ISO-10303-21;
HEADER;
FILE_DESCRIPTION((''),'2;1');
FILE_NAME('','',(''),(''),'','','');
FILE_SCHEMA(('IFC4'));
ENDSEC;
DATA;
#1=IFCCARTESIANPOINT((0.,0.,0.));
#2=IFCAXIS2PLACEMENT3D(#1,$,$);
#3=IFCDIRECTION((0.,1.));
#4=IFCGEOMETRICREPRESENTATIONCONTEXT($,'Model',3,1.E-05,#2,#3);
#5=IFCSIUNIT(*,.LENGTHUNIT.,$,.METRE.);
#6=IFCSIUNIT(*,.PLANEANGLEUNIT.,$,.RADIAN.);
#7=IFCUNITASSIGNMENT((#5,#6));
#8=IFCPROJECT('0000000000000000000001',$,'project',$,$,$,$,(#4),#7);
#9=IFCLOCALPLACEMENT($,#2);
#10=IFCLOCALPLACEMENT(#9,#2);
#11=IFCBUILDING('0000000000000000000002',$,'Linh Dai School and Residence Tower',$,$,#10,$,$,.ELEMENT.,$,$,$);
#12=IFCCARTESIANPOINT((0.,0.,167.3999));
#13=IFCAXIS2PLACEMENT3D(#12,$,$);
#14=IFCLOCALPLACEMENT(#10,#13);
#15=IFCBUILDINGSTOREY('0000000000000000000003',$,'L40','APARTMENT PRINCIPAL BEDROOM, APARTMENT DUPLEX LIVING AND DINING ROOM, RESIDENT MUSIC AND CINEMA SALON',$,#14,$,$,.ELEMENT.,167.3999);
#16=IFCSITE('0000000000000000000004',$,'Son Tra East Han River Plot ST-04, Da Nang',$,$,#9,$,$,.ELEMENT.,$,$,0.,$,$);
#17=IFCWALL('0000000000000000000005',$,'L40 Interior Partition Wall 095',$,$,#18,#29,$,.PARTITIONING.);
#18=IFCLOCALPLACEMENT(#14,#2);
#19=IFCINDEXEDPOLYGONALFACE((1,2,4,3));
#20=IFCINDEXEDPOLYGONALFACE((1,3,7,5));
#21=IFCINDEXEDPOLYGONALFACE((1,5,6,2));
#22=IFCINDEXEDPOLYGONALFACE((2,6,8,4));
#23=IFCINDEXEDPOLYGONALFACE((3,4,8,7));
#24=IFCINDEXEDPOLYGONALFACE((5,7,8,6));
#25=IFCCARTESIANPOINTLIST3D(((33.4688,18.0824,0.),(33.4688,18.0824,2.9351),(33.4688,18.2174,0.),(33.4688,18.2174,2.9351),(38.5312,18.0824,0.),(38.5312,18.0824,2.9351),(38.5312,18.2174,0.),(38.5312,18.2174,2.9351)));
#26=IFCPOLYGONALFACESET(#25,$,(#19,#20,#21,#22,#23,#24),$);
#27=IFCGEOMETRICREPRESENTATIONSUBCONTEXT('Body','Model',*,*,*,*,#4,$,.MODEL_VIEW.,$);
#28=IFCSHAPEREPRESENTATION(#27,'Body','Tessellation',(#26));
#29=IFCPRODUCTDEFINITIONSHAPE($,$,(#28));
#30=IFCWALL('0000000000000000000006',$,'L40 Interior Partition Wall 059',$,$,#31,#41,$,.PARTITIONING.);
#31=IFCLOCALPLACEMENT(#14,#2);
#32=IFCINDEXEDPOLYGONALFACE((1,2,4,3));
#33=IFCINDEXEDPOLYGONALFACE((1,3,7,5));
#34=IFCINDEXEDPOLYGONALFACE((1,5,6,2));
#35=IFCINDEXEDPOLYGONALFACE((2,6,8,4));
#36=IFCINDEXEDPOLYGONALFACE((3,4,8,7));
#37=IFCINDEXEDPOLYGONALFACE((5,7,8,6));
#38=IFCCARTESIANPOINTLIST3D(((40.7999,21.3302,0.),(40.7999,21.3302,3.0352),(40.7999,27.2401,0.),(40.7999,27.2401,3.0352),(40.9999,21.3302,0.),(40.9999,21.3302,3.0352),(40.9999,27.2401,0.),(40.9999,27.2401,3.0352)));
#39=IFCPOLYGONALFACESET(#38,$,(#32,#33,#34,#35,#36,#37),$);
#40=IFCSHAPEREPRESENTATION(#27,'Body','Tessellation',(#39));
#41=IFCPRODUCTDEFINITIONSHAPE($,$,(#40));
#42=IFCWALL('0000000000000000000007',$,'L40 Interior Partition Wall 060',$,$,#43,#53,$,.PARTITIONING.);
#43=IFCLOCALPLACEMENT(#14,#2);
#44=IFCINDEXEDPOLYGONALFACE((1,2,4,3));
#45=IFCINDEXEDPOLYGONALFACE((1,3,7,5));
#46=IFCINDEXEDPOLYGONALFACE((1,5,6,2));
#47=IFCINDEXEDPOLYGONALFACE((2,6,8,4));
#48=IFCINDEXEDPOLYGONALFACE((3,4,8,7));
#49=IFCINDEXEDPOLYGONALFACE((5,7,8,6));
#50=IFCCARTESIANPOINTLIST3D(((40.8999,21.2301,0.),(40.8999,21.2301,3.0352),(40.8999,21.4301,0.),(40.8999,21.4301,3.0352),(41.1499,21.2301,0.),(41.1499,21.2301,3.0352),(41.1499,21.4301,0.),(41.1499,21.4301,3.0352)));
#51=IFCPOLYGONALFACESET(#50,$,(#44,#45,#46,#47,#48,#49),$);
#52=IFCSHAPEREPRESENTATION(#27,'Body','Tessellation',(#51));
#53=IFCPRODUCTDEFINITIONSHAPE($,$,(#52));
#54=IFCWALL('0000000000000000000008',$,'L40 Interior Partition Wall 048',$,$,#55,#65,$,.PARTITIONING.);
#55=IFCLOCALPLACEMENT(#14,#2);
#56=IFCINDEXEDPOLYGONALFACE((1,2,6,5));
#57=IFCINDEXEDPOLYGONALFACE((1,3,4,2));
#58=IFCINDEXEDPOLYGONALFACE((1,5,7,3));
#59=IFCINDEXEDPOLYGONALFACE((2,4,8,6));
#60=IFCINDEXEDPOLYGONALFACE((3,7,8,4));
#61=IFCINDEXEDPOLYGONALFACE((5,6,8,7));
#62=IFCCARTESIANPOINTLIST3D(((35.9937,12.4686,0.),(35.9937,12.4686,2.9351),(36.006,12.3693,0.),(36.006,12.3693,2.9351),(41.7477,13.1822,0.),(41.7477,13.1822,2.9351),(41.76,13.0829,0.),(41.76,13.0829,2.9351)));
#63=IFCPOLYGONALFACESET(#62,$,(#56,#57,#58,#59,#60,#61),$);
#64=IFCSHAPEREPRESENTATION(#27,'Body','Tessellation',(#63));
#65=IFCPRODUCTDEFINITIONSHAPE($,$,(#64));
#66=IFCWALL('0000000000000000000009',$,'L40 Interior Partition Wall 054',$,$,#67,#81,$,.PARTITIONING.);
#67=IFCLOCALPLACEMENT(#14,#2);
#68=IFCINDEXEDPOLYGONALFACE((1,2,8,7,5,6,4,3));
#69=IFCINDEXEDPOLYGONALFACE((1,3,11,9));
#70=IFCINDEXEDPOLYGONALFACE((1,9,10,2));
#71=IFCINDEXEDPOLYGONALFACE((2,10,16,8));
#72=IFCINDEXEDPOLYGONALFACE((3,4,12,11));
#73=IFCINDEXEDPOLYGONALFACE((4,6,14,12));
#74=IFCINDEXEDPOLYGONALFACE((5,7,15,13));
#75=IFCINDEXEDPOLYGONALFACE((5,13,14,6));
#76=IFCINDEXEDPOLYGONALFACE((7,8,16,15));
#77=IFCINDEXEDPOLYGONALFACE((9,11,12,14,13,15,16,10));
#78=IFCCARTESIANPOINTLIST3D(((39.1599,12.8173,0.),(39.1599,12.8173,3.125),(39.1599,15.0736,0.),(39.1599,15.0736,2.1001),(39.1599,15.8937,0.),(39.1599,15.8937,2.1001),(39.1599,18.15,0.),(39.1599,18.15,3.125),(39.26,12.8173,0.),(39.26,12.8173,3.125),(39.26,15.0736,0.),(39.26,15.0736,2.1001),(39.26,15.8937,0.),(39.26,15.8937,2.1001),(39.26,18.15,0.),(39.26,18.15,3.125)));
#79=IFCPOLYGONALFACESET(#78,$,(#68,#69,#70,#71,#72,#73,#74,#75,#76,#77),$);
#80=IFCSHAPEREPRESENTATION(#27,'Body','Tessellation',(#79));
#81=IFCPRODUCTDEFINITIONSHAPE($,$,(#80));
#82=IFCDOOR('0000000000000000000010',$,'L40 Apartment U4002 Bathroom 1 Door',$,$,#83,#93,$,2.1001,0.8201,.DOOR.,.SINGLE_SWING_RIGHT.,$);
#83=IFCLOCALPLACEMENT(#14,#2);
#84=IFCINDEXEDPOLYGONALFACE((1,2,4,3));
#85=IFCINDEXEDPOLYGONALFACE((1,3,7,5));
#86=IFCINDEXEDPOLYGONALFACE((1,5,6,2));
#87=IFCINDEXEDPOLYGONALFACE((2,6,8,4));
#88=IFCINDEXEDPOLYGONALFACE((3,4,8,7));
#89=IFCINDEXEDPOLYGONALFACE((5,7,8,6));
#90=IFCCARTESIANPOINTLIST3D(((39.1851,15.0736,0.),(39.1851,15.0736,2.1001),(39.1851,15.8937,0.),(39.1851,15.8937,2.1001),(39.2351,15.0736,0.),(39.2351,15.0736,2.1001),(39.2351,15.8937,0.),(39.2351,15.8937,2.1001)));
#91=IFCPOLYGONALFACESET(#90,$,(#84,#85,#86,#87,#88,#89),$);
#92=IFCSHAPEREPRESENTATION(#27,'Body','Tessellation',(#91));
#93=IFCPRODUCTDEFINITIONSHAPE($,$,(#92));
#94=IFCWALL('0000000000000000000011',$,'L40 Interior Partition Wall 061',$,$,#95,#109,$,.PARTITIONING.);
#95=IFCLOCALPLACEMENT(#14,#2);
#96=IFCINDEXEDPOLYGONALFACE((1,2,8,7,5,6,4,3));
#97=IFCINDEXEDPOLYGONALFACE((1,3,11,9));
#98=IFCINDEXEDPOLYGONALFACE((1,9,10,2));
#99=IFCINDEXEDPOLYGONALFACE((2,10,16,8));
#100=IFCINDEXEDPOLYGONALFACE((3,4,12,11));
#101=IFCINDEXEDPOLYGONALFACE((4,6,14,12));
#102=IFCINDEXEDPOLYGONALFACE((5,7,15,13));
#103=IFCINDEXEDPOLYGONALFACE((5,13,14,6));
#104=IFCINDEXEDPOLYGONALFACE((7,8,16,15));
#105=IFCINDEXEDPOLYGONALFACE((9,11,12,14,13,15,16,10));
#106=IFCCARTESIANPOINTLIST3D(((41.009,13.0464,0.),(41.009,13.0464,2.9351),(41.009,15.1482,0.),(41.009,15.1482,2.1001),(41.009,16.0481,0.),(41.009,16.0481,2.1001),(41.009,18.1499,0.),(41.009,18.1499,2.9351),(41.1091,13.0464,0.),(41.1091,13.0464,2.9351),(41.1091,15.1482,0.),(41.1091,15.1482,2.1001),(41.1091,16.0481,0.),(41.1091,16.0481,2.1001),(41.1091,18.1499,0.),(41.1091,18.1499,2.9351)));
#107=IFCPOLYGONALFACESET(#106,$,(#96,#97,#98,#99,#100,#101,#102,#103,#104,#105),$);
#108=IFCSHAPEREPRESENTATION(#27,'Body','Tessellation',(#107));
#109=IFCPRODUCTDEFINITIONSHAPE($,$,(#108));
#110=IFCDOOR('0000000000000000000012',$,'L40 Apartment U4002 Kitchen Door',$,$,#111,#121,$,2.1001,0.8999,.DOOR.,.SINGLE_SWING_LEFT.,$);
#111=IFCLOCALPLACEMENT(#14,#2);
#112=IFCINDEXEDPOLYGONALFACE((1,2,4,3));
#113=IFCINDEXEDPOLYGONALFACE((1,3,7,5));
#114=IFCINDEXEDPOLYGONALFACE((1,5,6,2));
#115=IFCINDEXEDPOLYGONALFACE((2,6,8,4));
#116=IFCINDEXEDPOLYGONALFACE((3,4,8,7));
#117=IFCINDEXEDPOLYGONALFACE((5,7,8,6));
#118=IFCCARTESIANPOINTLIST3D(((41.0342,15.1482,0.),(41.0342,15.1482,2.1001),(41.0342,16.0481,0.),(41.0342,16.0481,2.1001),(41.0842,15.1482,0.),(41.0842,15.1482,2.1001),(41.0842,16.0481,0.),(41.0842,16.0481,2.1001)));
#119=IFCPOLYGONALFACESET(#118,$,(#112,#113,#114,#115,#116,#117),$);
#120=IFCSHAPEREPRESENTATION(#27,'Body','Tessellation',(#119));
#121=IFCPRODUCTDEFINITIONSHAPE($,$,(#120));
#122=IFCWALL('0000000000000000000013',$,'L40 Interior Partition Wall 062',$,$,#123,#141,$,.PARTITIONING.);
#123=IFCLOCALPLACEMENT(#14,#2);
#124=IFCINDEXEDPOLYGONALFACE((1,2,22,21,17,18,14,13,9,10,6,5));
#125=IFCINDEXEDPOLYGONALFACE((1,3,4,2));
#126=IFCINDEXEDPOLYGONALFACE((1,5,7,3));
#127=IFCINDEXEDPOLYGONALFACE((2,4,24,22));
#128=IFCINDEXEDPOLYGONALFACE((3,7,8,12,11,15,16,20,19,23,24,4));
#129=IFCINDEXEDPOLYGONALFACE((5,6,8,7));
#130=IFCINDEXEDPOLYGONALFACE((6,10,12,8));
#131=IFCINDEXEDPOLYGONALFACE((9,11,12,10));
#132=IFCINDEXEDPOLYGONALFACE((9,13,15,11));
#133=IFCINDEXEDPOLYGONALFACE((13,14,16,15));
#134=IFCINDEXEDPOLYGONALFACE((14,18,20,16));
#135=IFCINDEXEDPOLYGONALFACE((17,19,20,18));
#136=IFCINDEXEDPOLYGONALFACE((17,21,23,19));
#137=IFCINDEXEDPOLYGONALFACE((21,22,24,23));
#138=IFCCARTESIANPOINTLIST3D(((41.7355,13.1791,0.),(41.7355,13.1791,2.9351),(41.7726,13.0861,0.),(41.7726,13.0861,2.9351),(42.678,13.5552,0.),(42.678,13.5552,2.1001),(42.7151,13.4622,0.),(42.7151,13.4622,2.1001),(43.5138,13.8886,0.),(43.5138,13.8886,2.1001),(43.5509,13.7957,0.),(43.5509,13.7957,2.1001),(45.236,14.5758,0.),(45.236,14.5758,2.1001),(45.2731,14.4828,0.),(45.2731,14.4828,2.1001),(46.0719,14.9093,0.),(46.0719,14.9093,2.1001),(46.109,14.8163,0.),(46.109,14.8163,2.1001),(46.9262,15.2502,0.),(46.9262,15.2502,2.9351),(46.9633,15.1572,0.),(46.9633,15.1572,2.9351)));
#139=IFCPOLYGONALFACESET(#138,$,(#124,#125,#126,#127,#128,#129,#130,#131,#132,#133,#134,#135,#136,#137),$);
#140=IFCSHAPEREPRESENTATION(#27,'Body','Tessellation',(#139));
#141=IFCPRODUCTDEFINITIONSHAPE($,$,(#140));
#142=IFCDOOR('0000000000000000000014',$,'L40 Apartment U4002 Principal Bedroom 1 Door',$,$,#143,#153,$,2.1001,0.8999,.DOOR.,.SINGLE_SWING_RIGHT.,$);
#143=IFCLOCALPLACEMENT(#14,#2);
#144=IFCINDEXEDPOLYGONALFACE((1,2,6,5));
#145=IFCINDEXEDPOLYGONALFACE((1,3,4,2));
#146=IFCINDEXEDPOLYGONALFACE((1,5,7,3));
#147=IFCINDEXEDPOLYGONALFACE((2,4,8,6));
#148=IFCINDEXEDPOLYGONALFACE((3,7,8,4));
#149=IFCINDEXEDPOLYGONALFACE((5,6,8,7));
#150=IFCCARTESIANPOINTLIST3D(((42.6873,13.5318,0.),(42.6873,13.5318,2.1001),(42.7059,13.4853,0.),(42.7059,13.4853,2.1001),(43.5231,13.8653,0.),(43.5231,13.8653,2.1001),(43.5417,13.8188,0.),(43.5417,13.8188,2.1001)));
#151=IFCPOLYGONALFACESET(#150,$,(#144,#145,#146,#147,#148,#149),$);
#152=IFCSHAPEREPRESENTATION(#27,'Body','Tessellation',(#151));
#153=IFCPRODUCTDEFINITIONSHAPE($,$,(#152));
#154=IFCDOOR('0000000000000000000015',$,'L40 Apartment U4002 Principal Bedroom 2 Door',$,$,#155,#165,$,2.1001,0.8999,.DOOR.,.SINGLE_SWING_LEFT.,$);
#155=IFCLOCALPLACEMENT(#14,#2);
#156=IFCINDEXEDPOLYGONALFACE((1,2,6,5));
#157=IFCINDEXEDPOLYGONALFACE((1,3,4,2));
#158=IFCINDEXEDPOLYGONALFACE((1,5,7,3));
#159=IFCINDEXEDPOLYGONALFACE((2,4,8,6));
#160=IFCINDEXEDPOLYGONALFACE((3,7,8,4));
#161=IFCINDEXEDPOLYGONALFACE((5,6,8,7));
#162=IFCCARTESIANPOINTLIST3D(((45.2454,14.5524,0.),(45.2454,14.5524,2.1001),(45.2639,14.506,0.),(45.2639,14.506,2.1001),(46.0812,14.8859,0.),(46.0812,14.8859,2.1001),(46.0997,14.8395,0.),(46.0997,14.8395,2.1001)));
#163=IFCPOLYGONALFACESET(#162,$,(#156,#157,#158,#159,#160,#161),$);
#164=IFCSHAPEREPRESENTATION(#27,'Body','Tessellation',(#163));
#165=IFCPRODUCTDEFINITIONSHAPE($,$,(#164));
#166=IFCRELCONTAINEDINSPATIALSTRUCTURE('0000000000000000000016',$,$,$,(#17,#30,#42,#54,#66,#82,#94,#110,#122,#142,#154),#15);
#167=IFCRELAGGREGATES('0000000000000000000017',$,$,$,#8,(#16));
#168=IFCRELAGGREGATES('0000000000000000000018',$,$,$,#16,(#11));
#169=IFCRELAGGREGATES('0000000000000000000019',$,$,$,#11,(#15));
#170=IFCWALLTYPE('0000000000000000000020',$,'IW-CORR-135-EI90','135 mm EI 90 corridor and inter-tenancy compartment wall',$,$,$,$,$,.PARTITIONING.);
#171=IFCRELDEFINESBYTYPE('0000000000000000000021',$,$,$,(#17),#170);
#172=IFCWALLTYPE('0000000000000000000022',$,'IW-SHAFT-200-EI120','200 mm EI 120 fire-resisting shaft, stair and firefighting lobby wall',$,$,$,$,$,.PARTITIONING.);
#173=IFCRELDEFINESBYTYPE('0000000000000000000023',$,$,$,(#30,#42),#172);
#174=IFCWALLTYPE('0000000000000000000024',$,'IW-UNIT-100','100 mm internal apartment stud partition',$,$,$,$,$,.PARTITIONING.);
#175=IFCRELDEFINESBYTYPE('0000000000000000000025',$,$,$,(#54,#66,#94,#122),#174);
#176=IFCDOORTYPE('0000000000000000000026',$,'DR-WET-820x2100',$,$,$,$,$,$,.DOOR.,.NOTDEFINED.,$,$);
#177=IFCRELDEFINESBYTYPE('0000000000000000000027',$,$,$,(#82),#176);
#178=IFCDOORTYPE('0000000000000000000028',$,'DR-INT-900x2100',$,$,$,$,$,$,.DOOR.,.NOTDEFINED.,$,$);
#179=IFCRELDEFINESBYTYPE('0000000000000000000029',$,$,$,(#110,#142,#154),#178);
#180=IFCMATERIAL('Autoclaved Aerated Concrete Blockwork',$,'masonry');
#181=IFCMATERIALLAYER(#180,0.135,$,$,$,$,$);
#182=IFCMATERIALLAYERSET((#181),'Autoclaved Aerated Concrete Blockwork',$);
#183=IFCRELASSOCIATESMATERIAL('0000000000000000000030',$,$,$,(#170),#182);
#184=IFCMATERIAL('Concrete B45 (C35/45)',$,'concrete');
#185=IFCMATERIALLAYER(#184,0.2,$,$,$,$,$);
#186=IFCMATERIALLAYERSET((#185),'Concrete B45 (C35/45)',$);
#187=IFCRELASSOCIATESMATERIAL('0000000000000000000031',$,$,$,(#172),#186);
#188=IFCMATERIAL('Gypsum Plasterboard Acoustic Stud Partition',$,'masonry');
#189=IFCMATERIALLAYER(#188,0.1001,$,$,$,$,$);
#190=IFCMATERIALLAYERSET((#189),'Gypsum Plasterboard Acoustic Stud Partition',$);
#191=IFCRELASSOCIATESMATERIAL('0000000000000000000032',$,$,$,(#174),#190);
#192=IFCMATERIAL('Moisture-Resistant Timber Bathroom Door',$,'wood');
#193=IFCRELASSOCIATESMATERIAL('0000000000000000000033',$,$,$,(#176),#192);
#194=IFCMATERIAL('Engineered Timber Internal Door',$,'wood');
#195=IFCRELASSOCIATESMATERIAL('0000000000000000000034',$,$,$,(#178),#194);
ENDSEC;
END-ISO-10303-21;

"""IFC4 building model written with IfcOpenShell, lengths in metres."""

from ifc_helpers import new_model, si_unit, direction, frame, frame_2d, origin, origin_2d, place, context, subcontext, project, spatial, rectangle, extrude, source, transform, mapped, material, layer, layer_set, type_object, element, fill, save


model = new_model("IFC4")

# Units and contexts
model_context = context("Model", 3, precision=1e-05, world=origin(), true_north=direction((0.0, 1.0)))
body_context = subcontext(model_context, "Body", "Model", "MODEL_VIEW")
ifc_project = project(units=[si_unit("LENGTHUNIT", "METRE"), si_unit("PLANEANGLEUNIT", "RADIAN")], contexts=[model_context])

# Site, building, storey
site_placement = place(None, origin())
site = spatial("IfcSite", under=ifc_project, at=site_placement, Name="Son Tra East Han River Plot ST-04, Da Nang", CompositionType="ELEMENT", RefElevation=0.0)
building_placement = place(site_placement, origin())
building = spatial("IfcBuilding", under=site, at=building_placement, Name="Linh Dai School and Residence Tower", CompositionType="ELEMENT")
storey_placement = place(building_placement, frame((0.0, 0.0, 167.3999)))
storey = spatial("IfcBuildingStorey", under=building, at=storey_placement, Name="L40", Description="APARTMENT PRINCIPAL BEDROOM, APARTMENT DUPLEX LIVING AND DINING ROOM, RESIDENT MUSIC AND CINEMA SALON", CompositionType="ELEMENT", Elevation=167.3999)

# Shared definitions
ifc_material_1 = material(Name="Autoclaved Aerated Concrete Blockwork", Category="masonry")
ifc_layer_1 = layer(ifc_material_1, 0.135)
ifc_layer_set_1 = layer_set([ifc_layer_1], Name="Autoclaved Aerated Concrete Blockwork")
wall_type_1 = type_object("IfcWallType", Name="IW-CORR-135-EI90", Description="135 mm EI 90 corridor and inter-tenancy compartment wall", PredefinedType="PARTITIONING", material=ifc_layer_set_1)

# Walls
wall_1_placement = place(storey_placement, frame((38.5312, 18.1499, 0.0), z_axis=(0.0, 0.0, 1.0), x_axis=(-1.0, 0.0, 0.0)))
element("IfcWall", 1, at=wall_1_placement, inside=storey, type_object=wall_type_1, Name="L40 Interior Partition Wall 095", PredefinedType="PARTITIONING", context=body_context, shape_type="SweptSolid", body=[
    extrude(rectangle(XDim=5.0625, YDim=0.135, at=frame_2d((2.5312, 0.0))), origin(), (0.0, 0.0, 1.0), 2.9351),
])
ifc_material_2 = material(Name="Concrete B45 (C35/45)", Category="concrete")
ifc_layer_2 = layer(ifc_material_2, 0.2)
ifc_layer_set_2 = layer_set([ifc_layer_2], Name="Concrete B45 (C35/45)")
wall_type_2 = type_object("IfcWallType", Name="IW-SHAFT-200-EI120", Description="200 mm EI 120 fire-resisting shaft, stair and firefighting lobby wall", PredefinedType="PARTITIONING", material=ifc_layer_set_2)
wall_2_placement = place(storey_placement, frame((40.8999, 21.3301, 0.0), z_axis=(0.0, 0.0, 1.0), x_axis=(0.0, 1.0, 0.0)))
element("IfcWall", 2, at=wall_2_placement, inside=storey, type_object=wall_type_2, Name="L40 Interior Partition Wall 059", PredefinedType="PARTITIONING", context=body_context, shape_type="SweptSolid", body=[
    extrude(rectangle(XDim=5.9099, YDim=0.2, at=frame_2d((2.9551, 0.0))), origin(), (0.0, 0.0, 1.0), 3.0352),
])
wall_3_placement = place(storey_placement, frame((40.8999, 21.3301, 0.0), z_axis=(0.0, 0.0, 1.0), x_axis=(1.0, 0.0, 0.0)))
element("IfcWall", 3, at=wall_3_placement, inside=storey, type_object=wall_type_2, Name="L40 Interior Partition Wall 060", PredefinedType="PARTITIONING", context=body_context, shape_type="SweptSolid", body=[
    extrude(rectangle(XDim=0.25, YDim=0.2, at=frame_2d((0.125, 0.0))), origin(), (0.0, 0.0, 1.0), 3.0352),
])
ifc_material_3 = material(Name="Gypsum Plasterboard Acoustic Stud Partition", Category="masonry")
ifc_layer_3 = layer(ifc_material_3, 0.1001)
ifc_layer_set_3 = layer_set([ifc_layer_3], Name="Gypsum Plasterboard Acoustic Stud Partition")
wall_type_3 = type_object("IfcWallType", Name="IW-UNIT-100", Description="100 mm internal apartment stud partition", PredefinedType="PARTITIONING", material=ifc_layer_set_3)
wall_4_placement = place(storey_placement, frame((36.0, 12.4189, 0.0), z_axis=(0.0, 0.0, 1.0), x_axis=(0.992397, 0.123081, 0.0)))
element("IfcWall", 4, at=wall_4_placement, inside=storey, type_object=wall_type_3, Name="L40 Interior Partition Wall 048", PredefinedType="PARTITIONING", context=body_context, shape_type="SweptSolid", body=[
    extrude(rectangle(XDim=5.7981, YDim=0.1001, at=frame_2d((2.8989, 0.0))), origin(), (0.0, 0.0, 1.0), 2.9351),
])

# Walls, openings, doors
wall_5_placement = place(storey_placement, frame((39.21, 12.8171, 0.0), z_axis=(0.0, 0.0, 1.0), x_axis=(0.0, 1.0, 0.0)))
wall_5 = element("IfcWall", 5, at=wall_5_placement, inside=storey, type_object=wall_type_3, Name="L40 Interior Partition Wall 054", PredefinedType="PARTITIONING", context=body_context, shape_type="SweptSolid", body=[
    extrude(rectangle(XDim=5.3328, YDim=0.1001, at=frame_2d((2.6665, 0.0))), origin(), (0.0, 0.0, 1.0), 3.125),
])
opening_1_placement = place(wall_5_placement, frame((2.2563, 0.0, 0.0)))
opening_1 = element("IfcOpeningElement", 6, at=opening_1_placement, cuts=wall_5, PredefinedType="OPENING", context=body_context, shape_type="SweptSolid", body=[
    extrude(rectangle(XDim=0.8201, YDim=2.1001, at=origin_2d()), frame((0.4102, 0.0601, 1.05), z_axis=(0.0, -1.0, 0.0), x_axis=(1.0, 0.0, 0.0)), (0.0, 0.0, 1.0), 0.1201),
])
ifc_material_4 = material(Name="Moisture-Resistant Timber Bathroom Door", Category="wood")
door_type_1 = type_object("IfcDoorType", Name="DR-WET-820x2100", OperationType="NOTDEFINED", PredefinedType="DOOR", material=ifc_material_4)
shared_shape_1 = source(origin(), body_context, "Body", "SweptSolid", [
    extrude(rectangle(XDim=0.8201, YDim=2.1001, at=origin_2d()), frame((0.4102, 0.0249, 1.05), z_axis=(0.0, -1.0, 0.0), x_axis=(1.0, 0.0, 0.0)), (0.0, 0.0, 1.0), 0.05),
])
door_1_placement = place(opening_1_placement, origin())
door_1 = element("IfcDoor", 7, at=door_1_placement, inside=storey, type_object=door_type_1, Name="L40 Apartment U4002 Bathroom 1 Door", OperationType="SINGLE_SWING_RIGHT", OverallHeight=2.1001, OverallWidth=0.8201, PredefinedType="DOOR", context=body_context, shape_type="MappedRepresentation", body=[
    mapped(shared_shape_1, transform((0.0, 0.0, 0.0), x_axis=(1.0, 0.0, 0.0), y_axis=(0.0, 1.0, 0.0), z_axis=(0.0, 0.0, 1.0), scale=1.0)),
])
fill(opening_1, door_1)
wall_6_placement = place(storey_placement, frame((41.0591, 13.0464, 0.0), z_axis=(0.0, 0.0, 1.0), x_axis=(0.0, 1.0, 0.0)))
wall_6 = element("IfcWall", 8, at=wall_6_placement, inside=storey, type_object=wall_type_3, Name="L40 Interior Partition Wall 061", PredefinedType="PARTITIONING", context=body_context, shape_type="SweptSolid", body=[
    extrude(rectangle(XDim=5.1035, YDim=0.1001, at=frame_2d((2.5518, 0.0))), origin(), (0.0, 0.0, 1.0), 2.9351),
])
opening_2_placement = place(wall_6_placement, frame((2.1018, 0.0, 0.0)))
opening_2 = element("IfcOpeningElement", 9, at=opening_2_placement, cuts=wall_6, PredefinedType="OPENING", context=body_context, shape_type="SweptSolid", body=[
    extrude(rectangle(XDim=0.8999, YDim=2.1001, at=origin_2d()), frame((0.45, 0.0601, 1.05), z_axis=(0.0, -1.0, 0.0), x_axis=(1.0, 0.0, 0.0)), (0.0, 0.0, 1.0), 0.1201),
])
ifc_material_5 = material(Name="Engineered Timber Internal Door", Category="wood")
door_type_2 = type_object("IfcDoorType", Name="DR-INT-900x2100", OperationType="NOTDEFINED", PredefinedType="DOOR", material=ifc_material_5)
shared_shape_2 = source(origin(), body_context, "Body", "SweptSolid", [
    extrude(rectangle(XDim=0.8999, YDim=2.1001, at=origin_2d()), frame((0.45, 0.0249, 1.05), z_axis=(0.0, -1.0, 0.0), x_axis=(1.0, 0.0, 0.0)), (0.0, 0.0, 1.0), 0.05),
])
door_2_placement = place(opening_2_placement, origin())
door_2 = element("IfcDoor", 10, at=door_2_placement, inside=storey, type_object=door_type_2, Name="L40 Apartment U4002 Kitchen Door", OperationType="SINGLE_SWING_LEFT", OverallHeight=2.1001, OverallWidth=0.8999, PredefinedType="DOOR", context=body_context, shape_type="MappedRepresentation", body=[
    mapped(shared_shape_2, transform((0.0, 0.0, 0.0), x_axis=(1.0, 0.0, 0.0), y_axis=(0.0, 1.0, 0.0), z_axis=(0.0, 0.0, 1.0), scale=1.0)),
])
fill(opening_2, door_2)

# Wall, openings, doors
wall_7_placement = place(storey_placement, frame((41.7539, 13.1326, 0.0), z_axis=(0.0, 0.0, 1.0), x_axis=(0.928799, 0.370585, 0.0)))
wall_7 = element("IfcWall", 11, at=wall_7_placement, inside=storey, type_object=wall_type_3, Name="L40 Interior Partition Wall 062", PredefinedType="PARTITIONING", context=body_context, shape_type="SweptSolid", body=[
    extrude(rectangle(XDim=5.5886, YDim=0.1001, at=frame_2d((2.7944, 0.0))), origin(), (0.0, 0.0, 1.0), 2.9351),
])
opening_3_placement = place(wall_7_placement, frame((1.0149, 0.0, 0.0)))
opening_3 = element("IfcOpeningElement", 12, at=opening_3_placement, cuts=wall_7, PredefinedType="OPENING", context=body_context, shape_type="SweptSolid", body=[
    extrude(rectangle(XDim=0.8999, YDim=2.1001, at=origin_2d()), frame((0.45, 0.0601, 1.05), z_axis=(0.0, -1.0, 0.0), x_axis=(1.0, 0.0, 0.0)), (0.0, 0.0, 1.0), 0.1201),
])
opening_4_placement = place(wall_7_placement, frame((3.769, 0.0, 0.0)))
opening_4 = element("IfcOpeningElement", 13, at=opening_4_placement, cuts=wall_7, PredefinedType="OPENING", context=body_context, shape_type="SweptSolid", body=[
    extrude(rectangle(XDim=0.8999, YDim=2.1001, at=origin_2d()), frame((0.45, 0.0601, 1.05), z_axis=(0.0, -1.0, 0.0), x_axis=(1.0, 0.0, 0.0)), (0.0, 0.0, 1.0), 0.1201),
])
door_3_placement = place(opening_3_placement, origin())
door_3 = element("IfcDoor", 14, at=door_3_placement, inside=storey, type_object=door_type_2, Name="L40 Apartment U4002 Principal Bedroom 1 Door", OperationType="SINGLE_SWING_RIGHT", OverallHeight=2.1001, OverallWidth=0.8999, PredefinedType="DOOR", context=body_context, shape_type="MappedRepresentation", body=[
    mapped(shared_shape_2, transform((0.0, 0.0, 0.0), x_axis=(1.0, 0.0, 0.0), y_axis=(0.0, 1.0, 0.0), z_axis=(0.0, 0.0, 1.0), scale=1.0)),
])
fill(opening_3, door_3)
door_4_placement = place(opening_4_placement, origin())
door_4 = element("IfcDoor", 15, at=door_4_placement, inside=storey, type_object=door_type_2, Name="L40 Apartment U4002 Principal Bedroom 2 Door", OperationType="SINGLE_SWING_LEFT", OverallHeight=2.1001, OverallWidth=0.8999, PredefinedType="DOOR", context=body_context, shape_type="MappedRepresentation", body=[
    mapped(shared_shape_2, transform((0.0, 0.0, 0.0), x_axis=(1.0, 0.0, 0.0), y_axis=(0.0, 1.0, 0.0), z_axis=(0.0, 0.0, 1.0), scale=1.0)),
])
fill(opening_4, door_4)

save(model, "model.ifc")
